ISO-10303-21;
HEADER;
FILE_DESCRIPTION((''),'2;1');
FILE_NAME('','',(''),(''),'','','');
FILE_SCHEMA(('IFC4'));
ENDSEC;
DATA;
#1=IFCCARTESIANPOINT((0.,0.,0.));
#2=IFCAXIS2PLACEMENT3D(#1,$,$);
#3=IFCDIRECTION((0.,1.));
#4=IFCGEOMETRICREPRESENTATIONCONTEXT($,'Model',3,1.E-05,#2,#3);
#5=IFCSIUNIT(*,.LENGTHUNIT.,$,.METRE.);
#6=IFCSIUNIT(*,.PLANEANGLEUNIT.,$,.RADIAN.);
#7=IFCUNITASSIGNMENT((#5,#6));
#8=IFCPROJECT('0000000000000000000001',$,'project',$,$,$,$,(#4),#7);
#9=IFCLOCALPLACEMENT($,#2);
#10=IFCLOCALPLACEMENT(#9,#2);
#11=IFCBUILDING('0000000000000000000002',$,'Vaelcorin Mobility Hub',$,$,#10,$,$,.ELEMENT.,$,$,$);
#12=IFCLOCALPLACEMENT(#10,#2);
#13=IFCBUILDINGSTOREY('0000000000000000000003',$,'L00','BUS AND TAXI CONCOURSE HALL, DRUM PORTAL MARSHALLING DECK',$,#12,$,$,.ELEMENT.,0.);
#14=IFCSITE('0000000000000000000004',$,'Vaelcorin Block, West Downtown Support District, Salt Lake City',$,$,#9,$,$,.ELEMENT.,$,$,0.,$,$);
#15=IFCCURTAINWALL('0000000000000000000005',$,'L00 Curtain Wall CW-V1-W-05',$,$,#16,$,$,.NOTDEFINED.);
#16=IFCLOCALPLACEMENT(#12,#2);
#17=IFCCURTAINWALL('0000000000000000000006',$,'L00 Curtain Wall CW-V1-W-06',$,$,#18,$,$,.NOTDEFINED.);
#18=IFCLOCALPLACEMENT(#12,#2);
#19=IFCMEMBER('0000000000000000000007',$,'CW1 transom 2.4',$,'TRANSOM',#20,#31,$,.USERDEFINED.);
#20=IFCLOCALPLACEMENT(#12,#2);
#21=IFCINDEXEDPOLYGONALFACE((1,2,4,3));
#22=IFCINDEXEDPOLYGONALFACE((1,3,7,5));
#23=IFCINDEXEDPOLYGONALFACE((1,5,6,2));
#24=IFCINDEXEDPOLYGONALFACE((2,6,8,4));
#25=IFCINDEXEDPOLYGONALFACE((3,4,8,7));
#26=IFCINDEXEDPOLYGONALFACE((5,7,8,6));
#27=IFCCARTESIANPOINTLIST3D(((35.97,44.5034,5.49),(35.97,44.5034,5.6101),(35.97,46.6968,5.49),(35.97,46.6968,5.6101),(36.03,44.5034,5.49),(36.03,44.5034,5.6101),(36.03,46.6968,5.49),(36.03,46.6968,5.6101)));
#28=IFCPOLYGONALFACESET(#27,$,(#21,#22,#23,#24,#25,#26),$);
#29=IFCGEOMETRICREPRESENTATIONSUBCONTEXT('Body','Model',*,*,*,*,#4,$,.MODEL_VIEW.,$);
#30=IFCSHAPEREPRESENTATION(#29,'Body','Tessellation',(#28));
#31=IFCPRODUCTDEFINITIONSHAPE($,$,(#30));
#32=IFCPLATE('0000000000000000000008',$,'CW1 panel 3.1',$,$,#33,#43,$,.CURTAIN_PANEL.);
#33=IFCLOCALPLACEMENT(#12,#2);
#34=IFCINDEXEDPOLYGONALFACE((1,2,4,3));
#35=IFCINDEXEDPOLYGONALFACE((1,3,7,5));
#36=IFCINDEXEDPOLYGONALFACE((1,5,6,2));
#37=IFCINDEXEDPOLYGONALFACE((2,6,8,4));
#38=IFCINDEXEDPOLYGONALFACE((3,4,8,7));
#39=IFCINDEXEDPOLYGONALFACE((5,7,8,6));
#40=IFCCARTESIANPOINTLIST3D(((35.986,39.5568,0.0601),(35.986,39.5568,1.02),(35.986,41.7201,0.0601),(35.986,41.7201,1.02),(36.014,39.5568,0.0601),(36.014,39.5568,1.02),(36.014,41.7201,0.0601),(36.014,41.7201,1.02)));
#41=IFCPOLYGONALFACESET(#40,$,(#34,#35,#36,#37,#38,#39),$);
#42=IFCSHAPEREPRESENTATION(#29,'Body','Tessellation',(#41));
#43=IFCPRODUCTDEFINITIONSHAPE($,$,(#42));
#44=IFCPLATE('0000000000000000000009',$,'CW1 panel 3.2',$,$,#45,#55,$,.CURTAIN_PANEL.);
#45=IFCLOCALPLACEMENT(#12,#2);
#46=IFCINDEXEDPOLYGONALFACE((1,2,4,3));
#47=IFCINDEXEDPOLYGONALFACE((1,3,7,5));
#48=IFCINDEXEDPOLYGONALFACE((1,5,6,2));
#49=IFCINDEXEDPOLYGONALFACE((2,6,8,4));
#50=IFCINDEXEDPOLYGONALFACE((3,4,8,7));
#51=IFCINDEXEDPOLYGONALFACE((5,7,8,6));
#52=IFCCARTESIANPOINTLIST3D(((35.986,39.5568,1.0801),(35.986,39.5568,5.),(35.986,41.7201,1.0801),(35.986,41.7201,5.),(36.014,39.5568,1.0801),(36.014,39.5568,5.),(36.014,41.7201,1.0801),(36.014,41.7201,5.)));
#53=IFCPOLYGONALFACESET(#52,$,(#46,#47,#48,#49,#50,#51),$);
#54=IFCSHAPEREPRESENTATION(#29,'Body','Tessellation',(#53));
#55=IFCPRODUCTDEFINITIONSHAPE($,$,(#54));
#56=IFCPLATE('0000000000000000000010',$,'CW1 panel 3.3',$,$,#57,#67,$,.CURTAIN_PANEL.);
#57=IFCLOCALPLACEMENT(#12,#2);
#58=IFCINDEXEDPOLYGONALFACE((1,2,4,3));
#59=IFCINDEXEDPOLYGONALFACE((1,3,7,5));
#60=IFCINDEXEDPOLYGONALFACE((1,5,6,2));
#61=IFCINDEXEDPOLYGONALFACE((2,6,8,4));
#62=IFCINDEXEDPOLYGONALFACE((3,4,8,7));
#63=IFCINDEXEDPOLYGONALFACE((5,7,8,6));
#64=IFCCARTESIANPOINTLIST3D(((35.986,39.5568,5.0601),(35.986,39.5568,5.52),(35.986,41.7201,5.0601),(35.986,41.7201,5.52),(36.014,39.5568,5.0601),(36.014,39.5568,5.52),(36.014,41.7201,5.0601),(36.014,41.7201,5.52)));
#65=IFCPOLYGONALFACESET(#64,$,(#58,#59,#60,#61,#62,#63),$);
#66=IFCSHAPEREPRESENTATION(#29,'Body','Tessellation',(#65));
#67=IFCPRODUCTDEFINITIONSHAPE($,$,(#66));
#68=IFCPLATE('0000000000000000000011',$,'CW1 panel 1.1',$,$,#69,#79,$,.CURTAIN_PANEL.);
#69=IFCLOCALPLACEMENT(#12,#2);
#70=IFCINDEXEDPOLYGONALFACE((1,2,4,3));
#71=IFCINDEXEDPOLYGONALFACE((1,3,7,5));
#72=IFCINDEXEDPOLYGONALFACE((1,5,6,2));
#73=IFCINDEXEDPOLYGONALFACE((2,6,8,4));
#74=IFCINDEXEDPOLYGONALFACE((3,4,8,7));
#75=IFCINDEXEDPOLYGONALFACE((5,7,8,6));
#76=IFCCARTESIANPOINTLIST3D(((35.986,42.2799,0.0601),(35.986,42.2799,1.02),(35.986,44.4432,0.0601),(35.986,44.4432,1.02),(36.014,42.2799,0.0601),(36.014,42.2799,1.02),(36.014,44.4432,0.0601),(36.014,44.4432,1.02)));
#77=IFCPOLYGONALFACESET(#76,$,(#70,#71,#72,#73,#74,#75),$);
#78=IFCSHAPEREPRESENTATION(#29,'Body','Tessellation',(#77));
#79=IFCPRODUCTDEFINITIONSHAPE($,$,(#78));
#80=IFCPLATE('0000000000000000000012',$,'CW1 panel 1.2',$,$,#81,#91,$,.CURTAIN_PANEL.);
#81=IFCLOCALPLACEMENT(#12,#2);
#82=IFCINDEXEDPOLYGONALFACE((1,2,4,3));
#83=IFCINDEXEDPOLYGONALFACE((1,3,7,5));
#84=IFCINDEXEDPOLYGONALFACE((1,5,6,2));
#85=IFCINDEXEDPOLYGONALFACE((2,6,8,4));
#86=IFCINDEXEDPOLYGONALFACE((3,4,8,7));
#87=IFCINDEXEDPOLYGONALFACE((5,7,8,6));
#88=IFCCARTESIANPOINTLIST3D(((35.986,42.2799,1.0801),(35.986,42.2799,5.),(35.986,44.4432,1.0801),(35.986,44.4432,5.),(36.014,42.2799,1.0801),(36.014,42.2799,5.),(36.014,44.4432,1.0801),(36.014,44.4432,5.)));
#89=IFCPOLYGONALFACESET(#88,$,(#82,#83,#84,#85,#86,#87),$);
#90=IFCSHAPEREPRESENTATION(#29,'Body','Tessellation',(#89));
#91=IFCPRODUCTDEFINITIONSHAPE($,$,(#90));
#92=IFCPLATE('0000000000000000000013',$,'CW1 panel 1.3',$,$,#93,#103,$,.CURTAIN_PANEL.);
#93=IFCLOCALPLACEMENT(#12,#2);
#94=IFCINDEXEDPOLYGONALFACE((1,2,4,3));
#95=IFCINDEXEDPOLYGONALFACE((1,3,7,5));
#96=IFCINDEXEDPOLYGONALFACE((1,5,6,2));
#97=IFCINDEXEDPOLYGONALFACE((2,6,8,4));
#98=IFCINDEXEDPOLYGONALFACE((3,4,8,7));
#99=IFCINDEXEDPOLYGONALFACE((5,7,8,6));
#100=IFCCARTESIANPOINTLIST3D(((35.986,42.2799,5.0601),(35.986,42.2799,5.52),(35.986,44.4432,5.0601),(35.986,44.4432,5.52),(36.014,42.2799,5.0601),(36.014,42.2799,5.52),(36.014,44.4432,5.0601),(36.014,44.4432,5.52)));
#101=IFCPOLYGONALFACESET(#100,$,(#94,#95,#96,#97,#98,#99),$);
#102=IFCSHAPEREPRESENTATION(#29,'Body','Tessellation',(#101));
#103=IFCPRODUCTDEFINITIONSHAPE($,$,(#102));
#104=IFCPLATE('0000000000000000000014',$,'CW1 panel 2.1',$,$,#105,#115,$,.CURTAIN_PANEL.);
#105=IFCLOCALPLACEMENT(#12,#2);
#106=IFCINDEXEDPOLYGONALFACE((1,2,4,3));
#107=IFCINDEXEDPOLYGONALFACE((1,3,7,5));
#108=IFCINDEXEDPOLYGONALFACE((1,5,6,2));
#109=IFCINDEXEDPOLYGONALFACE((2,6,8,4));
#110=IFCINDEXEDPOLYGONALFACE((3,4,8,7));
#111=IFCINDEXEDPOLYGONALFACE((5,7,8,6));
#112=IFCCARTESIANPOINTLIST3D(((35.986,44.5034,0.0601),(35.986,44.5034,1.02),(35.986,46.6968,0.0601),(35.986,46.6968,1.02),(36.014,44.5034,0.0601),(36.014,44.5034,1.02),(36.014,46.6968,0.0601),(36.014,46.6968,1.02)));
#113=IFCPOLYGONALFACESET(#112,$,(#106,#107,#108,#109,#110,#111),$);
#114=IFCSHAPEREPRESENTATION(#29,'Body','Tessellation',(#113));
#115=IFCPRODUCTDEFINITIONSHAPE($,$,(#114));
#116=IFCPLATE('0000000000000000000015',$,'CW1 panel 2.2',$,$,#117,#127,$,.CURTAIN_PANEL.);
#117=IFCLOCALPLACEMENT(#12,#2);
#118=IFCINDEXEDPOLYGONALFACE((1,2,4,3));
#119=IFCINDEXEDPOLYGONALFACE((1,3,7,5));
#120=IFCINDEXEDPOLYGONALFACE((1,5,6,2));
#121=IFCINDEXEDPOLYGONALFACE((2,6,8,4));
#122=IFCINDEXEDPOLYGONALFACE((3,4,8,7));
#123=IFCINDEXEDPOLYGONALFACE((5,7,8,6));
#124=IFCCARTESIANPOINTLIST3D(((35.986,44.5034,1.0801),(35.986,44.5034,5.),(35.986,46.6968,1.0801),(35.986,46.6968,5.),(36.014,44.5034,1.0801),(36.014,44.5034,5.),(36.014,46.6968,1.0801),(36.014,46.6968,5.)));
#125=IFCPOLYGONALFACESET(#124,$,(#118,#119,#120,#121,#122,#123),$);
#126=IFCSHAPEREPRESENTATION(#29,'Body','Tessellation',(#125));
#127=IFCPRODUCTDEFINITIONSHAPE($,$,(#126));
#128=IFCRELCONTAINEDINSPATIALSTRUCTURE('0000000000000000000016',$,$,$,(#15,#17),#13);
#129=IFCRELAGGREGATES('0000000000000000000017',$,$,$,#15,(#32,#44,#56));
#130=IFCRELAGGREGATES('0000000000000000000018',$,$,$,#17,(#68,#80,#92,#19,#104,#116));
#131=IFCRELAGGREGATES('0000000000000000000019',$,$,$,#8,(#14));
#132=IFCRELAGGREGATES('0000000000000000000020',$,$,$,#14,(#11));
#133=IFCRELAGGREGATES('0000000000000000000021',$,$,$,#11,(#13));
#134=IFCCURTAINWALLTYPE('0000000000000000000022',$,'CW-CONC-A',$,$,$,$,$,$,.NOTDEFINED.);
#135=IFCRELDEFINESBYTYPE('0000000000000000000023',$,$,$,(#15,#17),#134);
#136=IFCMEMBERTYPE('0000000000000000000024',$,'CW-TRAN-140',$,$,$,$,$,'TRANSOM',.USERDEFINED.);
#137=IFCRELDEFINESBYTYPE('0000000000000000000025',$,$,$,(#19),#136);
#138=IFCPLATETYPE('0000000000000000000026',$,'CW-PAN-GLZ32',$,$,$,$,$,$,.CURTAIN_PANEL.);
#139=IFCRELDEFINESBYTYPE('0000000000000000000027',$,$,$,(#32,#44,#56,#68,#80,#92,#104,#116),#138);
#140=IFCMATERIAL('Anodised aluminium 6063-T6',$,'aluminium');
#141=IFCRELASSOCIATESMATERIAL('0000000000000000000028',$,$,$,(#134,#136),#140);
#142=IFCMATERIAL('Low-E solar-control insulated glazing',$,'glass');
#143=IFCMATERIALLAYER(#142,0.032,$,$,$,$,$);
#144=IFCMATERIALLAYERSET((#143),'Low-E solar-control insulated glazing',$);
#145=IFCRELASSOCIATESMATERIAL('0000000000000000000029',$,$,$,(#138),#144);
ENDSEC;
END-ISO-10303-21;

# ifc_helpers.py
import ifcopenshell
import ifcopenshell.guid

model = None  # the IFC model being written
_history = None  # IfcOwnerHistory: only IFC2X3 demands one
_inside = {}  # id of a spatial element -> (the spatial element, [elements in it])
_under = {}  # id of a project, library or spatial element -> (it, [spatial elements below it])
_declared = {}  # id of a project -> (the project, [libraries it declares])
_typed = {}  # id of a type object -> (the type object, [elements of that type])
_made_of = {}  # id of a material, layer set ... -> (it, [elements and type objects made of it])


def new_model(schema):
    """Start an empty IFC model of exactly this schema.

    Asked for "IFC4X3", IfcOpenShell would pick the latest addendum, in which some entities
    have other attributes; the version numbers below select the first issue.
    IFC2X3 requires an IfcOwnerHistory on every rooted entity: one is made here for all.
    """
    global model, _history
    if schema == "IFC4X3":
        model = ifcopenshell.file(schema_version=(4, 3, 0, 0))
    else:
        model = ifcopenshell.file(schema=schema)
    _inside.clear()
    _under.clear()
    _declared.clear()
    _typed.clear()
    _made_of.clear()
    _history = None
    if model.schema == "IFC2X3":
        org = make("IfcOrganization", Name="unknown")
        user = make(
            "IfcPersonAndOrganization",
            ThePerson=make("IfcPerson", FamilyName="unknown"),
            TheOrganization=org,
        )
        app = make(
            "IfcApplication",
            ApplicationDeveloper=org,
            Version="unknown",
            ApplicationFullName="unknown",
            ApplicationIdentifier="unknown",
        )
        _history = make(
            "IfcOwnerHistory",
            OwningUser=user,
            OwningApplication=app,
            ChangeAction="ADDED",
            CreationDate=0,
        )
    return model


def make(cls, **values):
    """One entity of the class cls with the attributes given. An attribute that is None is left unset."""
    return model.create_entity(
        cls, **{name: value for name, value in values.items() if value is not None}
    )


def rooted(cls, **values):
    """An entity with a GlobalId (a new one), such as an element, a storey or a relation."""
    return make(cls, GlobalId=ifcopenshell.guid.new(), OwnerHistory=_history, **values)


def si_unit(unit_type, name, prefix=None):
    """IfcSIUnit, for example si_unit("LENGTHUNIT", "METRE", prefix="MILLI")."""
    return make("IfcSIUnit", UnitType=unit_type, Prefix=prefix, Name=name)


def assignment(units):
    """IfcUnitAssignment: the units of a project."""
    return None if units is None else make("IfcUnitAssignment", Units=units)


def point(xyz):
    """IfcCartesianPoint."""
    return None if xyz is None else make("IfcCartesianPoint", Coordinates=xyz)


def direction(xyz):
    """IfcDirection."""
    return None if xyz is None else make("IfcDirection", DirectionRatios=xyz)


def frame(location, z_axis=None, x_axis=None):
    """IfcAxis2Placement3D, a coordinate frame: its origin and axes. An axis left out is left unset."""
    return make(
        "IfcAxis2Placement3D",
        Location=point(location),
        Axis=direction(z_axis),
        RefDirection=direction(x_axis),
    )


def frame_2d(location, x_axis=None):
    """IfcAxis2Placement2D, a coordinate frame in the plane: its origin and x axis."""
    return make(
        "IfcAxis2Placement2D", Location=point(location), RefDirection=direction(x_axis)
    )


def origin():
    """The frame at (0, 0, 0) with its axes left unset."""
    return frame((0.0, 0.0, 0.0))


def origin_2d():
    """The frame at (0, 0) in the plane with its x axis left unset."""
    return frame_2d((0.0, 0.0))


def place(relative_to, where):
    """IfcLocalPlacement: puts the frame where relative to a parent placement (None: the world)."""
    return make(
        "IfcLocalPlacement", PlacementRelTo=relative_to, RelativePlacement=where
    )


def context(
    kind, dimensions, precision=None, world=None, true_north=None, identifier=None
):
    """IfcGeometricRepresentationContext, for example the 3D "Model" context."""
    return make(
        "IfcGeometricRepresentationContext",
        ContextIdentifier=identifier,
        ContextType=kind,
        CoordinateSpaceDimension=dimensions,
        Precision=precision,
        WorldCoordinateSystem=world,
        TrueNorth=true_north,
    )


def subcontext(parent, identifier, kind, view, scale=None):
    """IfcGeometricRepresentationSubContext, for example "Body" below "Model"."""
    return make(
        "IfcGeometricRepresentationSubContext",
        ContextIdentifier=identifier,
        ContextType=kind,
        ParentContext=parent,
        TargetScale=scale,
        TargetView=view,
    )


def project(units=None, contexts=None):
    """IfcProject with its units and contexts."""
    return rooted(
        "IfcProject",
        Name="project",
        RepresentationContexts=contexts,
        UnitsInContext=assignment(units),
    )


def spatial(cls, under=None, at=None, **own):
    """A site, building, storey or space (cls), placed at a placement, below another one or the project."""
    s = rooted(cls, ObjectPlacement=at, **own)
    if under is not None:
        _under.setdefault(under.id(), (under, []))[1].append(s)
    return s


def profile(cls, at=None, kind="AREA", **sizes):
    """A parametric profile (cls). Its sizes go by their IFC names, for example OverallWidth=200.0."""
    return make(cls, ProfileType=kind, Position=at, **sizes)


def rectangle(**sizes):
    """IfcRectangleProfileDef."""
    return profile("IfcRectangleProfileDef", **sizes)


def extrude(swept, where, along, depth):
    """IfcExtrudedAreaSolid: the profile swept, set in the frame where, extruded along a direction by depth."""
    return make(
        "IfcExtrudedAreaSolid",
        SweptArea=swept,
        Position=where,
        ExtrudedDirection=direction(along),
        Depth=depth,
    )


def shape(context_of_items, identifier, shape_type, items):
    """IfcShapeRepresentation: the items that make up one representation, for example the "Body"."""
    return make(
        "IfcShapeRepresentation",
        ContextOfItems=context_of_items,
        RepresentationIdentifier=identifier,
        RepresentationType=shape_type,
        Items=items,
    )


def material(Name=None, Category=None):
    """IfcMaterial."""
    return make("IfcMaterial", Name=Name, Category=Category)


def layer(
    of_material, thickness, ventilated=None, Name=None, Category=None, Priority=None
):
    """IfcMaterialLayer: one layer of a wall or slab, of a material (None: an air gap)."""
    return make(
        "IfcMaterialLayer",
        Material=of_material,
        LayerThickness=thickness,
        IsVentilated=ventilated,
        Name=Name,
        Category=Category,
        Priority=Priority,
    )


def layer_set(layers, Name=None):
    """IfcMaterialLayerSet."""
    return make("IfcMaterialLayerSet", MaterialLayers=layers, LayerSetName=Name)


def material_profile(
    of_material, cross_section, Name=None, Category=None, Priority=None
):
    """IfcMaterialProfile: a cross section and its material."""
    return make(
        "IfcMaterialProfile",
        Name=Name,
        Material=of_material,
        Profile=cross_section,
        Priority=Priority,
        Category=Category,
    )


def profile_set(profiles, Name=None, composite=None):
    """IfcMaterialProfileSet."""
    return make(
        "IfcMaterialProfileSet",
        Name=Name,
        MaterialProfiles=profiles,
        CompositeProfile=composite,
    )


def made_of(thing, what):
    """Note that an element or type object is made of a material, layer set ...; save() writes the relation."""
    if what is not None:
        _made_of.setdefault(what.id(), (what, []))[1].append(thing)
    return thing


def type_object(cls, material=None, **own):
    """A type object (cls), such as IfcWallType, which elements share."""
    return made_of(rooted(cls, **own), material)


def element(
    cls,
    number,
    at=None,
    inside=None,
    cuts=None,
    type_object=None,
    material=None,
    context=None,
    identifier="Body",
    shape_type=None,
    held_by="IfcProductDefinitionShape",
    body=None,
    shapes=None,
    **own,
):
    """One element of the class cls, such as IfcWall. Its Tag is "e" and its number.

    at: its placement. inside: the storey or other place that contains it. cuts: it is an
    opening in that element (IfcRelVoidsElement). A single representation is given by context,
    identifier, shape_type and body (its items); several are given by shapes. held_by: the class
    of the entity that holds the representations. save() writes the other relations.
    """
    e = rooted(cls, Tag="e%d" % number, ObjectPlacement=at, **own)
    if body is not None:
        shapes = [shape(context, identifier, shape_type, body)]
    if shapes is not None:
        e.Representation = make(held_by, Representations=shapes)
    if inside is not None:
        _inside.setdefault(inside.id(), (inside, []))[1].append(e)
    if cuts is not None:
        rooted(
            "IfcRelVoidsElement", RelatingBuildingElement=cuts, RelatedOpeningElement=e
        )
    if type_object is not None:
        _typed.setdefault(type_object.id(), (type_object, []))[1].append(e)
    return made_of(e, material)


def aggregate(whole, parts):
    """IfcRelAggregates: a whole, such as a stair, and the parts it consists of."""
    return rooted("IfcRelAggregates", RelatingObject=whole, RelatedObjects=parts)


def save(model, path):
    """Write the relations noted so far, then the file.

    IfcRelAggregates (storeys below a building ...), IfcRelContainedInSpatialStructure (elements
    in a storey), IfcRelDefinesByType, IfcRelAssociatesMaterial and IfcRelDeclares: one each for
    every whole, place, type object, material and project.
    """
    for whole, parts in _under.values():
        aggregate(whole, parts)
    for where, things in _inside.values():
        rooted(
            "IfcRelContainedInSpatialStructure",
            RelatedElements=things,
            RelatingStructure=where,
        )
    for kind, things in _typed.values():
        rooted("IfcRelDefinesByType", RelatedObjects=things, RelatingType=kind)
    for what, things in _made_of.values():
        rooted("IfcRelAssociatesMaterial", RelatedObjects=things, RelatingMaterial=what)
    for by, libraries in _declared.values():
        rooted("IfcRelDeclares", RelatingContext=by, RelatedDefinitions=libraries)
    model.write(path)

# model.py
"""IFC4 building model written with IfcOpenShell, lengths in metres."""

from ifc_helpers import new_model, si_unit, direction, frame, origin, origin_2d, place, context, subcontext, project, spatial, rectangle, extrude, material, layer, layer_set, material_profile, profile_set, type_object, element, aggregate, save


model = new_model("IFC4")

# Units and contexts
model_context = context("Model", 3, precision=1e-05, world=origin(), true_north=direction((0.0, 1.0)))
body_context = subcontext(model_context, "Body", "Model", "MODEL_VIEW")
ifc_project = project(units=[si_unit("LENGTHUNIT", "METRE"), si_unit("PLANEANGLEUNIT", "RADIAN")], contexts=[model_context])

# Site, building, storey
site_placement = place(None, origin())
site = spatial("IfcSite", under=ifc_project, at=site_placement, Name="Vaelcorin Block, West Downtown Support District, Salt Lake City", CompositionType="ELEMENT", RefElevation=0.0)
building_placement = place(site_placement, origin())
building = spatial("IfcBuilding", under=site, at=building_placement, Name="Vaelcorin Mobility Hub", CompositionType="ELEMENT")
storey_placement = place(building_placement, origin())
storey = spatial("IfcBuildingStorey", under=building, at=storey_placement, Name="L00", Description="BUS AND TAXI CONCOURSE HALL, DRUM PORTAL MARSHALLING DECK", CompositionType="ELEMENT", Elevation=0.0)

# Curtain walls
ifc_material_1 = material(Name="Anodised aluminium 6063-T6", Category="aluminium")
curtain_wall_type = type_object("IfcCurtainWallType", Name="CW-CONC-A", PredefinedType="NOTDEFINED", material=ifc_material_1)
curtain_wall_1_placement = place(storey_placement, origin())
curtain_wall_1 = element("IfcCurtainWall", 1, at=curtain_wall_1_placement, inside=storey, type_object=curtain_wall_type, Name="L00 Curtain Wall CW-V1-W-05", PredefinedType="NOTDEFINED")
curtain_wall_2_placement = place(storey_placement, origin())
curtain_wall_2 = element("IfcCurtainWall", 2, at=curtain_wall_2_placement, inside=storey, type_object=curtain_wall_type, Name="L00 Curtain Wall CW-V1-W-06", PredefinedType="NOTDEFINED")

# Member
ifc_material_profile_1 = material_profile(ifc_material_1, rectangle(XDim=0.0601, YDim=0.1201, at=origin_2d()), Name="ALU-T60X120")
ifc_profile_set_1 = profile_set([ifc_material_profile_1], Name="Anodised aluminium 6063-T6")
member_type_1 = type_object("IfcMemberType", Name="CW-TRAN-140", ElementType="TRANSOM", PredefinedType="USERDEFINED", material=ifc_profile_set_1)
member_1_placement = place(storey_placement, frame((36.0, 44.5034, 5.55), z_axis=(0.0, 1.0, 0.0), x_axis=(-1.0, 0.0, 0.0)))
member_1 = element("IfcMember", 3, at=member_1_placement, type_object=member_type_1, Name="CW1 transom 2.4", ObjectType="TRANSOM", PredefinedType="USERDEFINED", context=body_context, shape_type="SweptSolid", body=[
    extrude(rectangle(XDim=0.0601, YDim=0.1201, at=origin_2d()), origin(), (0.0, 0.0, 1.0), 2.1934),
])

# Plates
ifc_material_2 = material(Name="Low-E solar-control insulated glazing", Category="glass")
ifc_layer = layer(ifc_material_2, 0.032)
ifc_layer_set = layer_set([ifc_layer], Name="Low-E solar-control insulated glazing")
plate_type = type_object("IfcPlateType", Name="CW-PAN-GLZ32", PredefinedType="CURTAIN_PANEL", material=ifc_layer_set)
plate_1_placement = place(storey_placement, frame((36.0, 40.6384, 0.0601), z_axis=(0.0, 0.0, 1.0), x_axis=(0.0, 1.0, 0.0)))
plate_1 = element("IfcPlate", 4, at=plate_1_placement, type_object=plate_type, Name="CW1 panel 3.1", PredefinedType="CURTAIN_PANEL", context=body_context, shape_type="SweptSolid", body=[
    extrude(rectangle(XDim=2.1633, YDim=0.0281, at=origin_2d()), origin(), (0.0, 0.0, 1.0), 0.96),
])
plate_2_placement = place(storey_placement, frame((36.0, 40.6384, 1.0801), z_axis=(0.0, 0.0, 1.0), x_axis=(0.0, 1.0, 0.0)))
plate_2 = element("IfcPlate", 5, at=plate_2_placement, type_object=plate_type, Name="CW1 panel 3.2", PredefinedType="CURTAIN_PANEL", context=body_context, shape_type="SweptSolid", body=[
    extrude(rectangle(XDim=2.1633, YDim=0.0281, at=origin_2d()), origin(), (0.0, 0.0, 1.0), 3.9199),
])
plate_3_placement = place(storey_placement, frame((36.0, 40.6384, 5.0601), z_axis=(0.0, 0.0, 1.0), x_axis=(0.0, 1.0, 0.0)))
plate_3 = element("IfcPlate", 6, at=plate_3_placement, type_object=plate_type, Name="CW1 panel 3.3", PredefinedType="CURTAIN_PANEL", context=body_context, shape_type="SweptSolid", body=[
    extrude(rectangle(XDim=2.1633, YDim=0.0281, at=origin_2d()), origin(), (0.0, 0.0, 1.0), 0.46),
])
aggregate(curtain_wall_1, [plate_1, plate_2, plate_3])
plate_4_placement = place(storey_placement, frame((36.0, 43.3616, 0.0601), z_axis=(0.0, 0.0, 1.0), x_axis=(0.0, 1.0, 0.0)))
plate_4 = element("IfcPlate", 7, at=plate_4_placement, type_object=plate_type, Name="CW1 panel 1.1", PredefinedType="CURTAIN_PANEL", context=body_context, shape_type="SweptSolid", body=[
    extrude(rectangle(XDim=2.1633, YDim=0.0281, at=origin_2d()), origin(), (0.0, 0.0, 1.0), 0.96),
])
plate_5_placement = place(storey_placement, frame((36.0, 43.3616, 1.0801), z_axis=(0.0, 0.0, 1.0), x_axis=(0.0, 1.0, 0.0)))
plate_5 = element("IfcPlate", 8, at=plate_5_placement, type_object=plate_type, Name="CW1 panel 1.2", PredefinedType="CURTAIN_PANEL", context=body_context, shape_type="SweptSolid", body=[
    extrude(rectangle(XDim=2.1633, YDim=0.0281, at=origin_2d()), origin(), (0.0, 0.0, 1.0), 3.9199),
])
plate_6_placement = place(storey_placement, frame((36.0, 43.3616, 5.0601), z_axis=(0.0, 0.0, 1.0), x_axis=(0.0, 1.0, 0.0)))
plate_6 = element("IfcPlate", 9, at=plate_6_placement, type_object=plate_type, Name="CW1 panel 1.3", PredefinedType="CURTAIN_PANEL", context=body_context, shape_type="SweptSolid", body=[
    extrude(rectangle(XDim=2.1633, YDim=0.0281, at=origin_2d()), origin(), (0.0, 0.0, 1.0), 0.46),
])
plate_7_placement = place(storey_placement, frame((36.0, 45.6001, 0.0601), z_axis=(0.0, 0.0, 1.0), x_axis=(0.0, 1.0, 0.0)))
plate_7 = element("IfcPlate", 10, at=plate_7_placement, type_object=plate_type, Name="CW1 panel 2.1", PredefinedType="CURTAIN_PANEL", context=body_context, shape_type="SweptSolid", body=[
    extrude(rectangle(XDim=2.1934, YDim=0.0281, at=origin_2d()), origin(), (0.0, 0.0, 1.0), 0.96),
])
plate_8_placement = place(storey_placement, frame((36.0, 45.6001, 1.0801), z_axis=(0.0, 0.0, 1.0), x_axis=(0.0, 1.0, 0.0)))
plate_8 = element("IfcPlate", 11, at=plate_8_placement, type_object=plate_type, Name="CW1 panel 2.2", PredefinedType="CURTAIN_PANEL", context=body_context, shape_type="SweptSolid", body=[
    extrude(rectangle(XDim=2.1934, YDim=0.0281, at=origin_2d()), origin(), (0.0, 0.0, 1.0), 3.9199),
])
aggregate(curtain_wall_2, [plate_4, plate_5, plate_6, member_1, plate_7, plate_8])

save(model, "model.ifc")
